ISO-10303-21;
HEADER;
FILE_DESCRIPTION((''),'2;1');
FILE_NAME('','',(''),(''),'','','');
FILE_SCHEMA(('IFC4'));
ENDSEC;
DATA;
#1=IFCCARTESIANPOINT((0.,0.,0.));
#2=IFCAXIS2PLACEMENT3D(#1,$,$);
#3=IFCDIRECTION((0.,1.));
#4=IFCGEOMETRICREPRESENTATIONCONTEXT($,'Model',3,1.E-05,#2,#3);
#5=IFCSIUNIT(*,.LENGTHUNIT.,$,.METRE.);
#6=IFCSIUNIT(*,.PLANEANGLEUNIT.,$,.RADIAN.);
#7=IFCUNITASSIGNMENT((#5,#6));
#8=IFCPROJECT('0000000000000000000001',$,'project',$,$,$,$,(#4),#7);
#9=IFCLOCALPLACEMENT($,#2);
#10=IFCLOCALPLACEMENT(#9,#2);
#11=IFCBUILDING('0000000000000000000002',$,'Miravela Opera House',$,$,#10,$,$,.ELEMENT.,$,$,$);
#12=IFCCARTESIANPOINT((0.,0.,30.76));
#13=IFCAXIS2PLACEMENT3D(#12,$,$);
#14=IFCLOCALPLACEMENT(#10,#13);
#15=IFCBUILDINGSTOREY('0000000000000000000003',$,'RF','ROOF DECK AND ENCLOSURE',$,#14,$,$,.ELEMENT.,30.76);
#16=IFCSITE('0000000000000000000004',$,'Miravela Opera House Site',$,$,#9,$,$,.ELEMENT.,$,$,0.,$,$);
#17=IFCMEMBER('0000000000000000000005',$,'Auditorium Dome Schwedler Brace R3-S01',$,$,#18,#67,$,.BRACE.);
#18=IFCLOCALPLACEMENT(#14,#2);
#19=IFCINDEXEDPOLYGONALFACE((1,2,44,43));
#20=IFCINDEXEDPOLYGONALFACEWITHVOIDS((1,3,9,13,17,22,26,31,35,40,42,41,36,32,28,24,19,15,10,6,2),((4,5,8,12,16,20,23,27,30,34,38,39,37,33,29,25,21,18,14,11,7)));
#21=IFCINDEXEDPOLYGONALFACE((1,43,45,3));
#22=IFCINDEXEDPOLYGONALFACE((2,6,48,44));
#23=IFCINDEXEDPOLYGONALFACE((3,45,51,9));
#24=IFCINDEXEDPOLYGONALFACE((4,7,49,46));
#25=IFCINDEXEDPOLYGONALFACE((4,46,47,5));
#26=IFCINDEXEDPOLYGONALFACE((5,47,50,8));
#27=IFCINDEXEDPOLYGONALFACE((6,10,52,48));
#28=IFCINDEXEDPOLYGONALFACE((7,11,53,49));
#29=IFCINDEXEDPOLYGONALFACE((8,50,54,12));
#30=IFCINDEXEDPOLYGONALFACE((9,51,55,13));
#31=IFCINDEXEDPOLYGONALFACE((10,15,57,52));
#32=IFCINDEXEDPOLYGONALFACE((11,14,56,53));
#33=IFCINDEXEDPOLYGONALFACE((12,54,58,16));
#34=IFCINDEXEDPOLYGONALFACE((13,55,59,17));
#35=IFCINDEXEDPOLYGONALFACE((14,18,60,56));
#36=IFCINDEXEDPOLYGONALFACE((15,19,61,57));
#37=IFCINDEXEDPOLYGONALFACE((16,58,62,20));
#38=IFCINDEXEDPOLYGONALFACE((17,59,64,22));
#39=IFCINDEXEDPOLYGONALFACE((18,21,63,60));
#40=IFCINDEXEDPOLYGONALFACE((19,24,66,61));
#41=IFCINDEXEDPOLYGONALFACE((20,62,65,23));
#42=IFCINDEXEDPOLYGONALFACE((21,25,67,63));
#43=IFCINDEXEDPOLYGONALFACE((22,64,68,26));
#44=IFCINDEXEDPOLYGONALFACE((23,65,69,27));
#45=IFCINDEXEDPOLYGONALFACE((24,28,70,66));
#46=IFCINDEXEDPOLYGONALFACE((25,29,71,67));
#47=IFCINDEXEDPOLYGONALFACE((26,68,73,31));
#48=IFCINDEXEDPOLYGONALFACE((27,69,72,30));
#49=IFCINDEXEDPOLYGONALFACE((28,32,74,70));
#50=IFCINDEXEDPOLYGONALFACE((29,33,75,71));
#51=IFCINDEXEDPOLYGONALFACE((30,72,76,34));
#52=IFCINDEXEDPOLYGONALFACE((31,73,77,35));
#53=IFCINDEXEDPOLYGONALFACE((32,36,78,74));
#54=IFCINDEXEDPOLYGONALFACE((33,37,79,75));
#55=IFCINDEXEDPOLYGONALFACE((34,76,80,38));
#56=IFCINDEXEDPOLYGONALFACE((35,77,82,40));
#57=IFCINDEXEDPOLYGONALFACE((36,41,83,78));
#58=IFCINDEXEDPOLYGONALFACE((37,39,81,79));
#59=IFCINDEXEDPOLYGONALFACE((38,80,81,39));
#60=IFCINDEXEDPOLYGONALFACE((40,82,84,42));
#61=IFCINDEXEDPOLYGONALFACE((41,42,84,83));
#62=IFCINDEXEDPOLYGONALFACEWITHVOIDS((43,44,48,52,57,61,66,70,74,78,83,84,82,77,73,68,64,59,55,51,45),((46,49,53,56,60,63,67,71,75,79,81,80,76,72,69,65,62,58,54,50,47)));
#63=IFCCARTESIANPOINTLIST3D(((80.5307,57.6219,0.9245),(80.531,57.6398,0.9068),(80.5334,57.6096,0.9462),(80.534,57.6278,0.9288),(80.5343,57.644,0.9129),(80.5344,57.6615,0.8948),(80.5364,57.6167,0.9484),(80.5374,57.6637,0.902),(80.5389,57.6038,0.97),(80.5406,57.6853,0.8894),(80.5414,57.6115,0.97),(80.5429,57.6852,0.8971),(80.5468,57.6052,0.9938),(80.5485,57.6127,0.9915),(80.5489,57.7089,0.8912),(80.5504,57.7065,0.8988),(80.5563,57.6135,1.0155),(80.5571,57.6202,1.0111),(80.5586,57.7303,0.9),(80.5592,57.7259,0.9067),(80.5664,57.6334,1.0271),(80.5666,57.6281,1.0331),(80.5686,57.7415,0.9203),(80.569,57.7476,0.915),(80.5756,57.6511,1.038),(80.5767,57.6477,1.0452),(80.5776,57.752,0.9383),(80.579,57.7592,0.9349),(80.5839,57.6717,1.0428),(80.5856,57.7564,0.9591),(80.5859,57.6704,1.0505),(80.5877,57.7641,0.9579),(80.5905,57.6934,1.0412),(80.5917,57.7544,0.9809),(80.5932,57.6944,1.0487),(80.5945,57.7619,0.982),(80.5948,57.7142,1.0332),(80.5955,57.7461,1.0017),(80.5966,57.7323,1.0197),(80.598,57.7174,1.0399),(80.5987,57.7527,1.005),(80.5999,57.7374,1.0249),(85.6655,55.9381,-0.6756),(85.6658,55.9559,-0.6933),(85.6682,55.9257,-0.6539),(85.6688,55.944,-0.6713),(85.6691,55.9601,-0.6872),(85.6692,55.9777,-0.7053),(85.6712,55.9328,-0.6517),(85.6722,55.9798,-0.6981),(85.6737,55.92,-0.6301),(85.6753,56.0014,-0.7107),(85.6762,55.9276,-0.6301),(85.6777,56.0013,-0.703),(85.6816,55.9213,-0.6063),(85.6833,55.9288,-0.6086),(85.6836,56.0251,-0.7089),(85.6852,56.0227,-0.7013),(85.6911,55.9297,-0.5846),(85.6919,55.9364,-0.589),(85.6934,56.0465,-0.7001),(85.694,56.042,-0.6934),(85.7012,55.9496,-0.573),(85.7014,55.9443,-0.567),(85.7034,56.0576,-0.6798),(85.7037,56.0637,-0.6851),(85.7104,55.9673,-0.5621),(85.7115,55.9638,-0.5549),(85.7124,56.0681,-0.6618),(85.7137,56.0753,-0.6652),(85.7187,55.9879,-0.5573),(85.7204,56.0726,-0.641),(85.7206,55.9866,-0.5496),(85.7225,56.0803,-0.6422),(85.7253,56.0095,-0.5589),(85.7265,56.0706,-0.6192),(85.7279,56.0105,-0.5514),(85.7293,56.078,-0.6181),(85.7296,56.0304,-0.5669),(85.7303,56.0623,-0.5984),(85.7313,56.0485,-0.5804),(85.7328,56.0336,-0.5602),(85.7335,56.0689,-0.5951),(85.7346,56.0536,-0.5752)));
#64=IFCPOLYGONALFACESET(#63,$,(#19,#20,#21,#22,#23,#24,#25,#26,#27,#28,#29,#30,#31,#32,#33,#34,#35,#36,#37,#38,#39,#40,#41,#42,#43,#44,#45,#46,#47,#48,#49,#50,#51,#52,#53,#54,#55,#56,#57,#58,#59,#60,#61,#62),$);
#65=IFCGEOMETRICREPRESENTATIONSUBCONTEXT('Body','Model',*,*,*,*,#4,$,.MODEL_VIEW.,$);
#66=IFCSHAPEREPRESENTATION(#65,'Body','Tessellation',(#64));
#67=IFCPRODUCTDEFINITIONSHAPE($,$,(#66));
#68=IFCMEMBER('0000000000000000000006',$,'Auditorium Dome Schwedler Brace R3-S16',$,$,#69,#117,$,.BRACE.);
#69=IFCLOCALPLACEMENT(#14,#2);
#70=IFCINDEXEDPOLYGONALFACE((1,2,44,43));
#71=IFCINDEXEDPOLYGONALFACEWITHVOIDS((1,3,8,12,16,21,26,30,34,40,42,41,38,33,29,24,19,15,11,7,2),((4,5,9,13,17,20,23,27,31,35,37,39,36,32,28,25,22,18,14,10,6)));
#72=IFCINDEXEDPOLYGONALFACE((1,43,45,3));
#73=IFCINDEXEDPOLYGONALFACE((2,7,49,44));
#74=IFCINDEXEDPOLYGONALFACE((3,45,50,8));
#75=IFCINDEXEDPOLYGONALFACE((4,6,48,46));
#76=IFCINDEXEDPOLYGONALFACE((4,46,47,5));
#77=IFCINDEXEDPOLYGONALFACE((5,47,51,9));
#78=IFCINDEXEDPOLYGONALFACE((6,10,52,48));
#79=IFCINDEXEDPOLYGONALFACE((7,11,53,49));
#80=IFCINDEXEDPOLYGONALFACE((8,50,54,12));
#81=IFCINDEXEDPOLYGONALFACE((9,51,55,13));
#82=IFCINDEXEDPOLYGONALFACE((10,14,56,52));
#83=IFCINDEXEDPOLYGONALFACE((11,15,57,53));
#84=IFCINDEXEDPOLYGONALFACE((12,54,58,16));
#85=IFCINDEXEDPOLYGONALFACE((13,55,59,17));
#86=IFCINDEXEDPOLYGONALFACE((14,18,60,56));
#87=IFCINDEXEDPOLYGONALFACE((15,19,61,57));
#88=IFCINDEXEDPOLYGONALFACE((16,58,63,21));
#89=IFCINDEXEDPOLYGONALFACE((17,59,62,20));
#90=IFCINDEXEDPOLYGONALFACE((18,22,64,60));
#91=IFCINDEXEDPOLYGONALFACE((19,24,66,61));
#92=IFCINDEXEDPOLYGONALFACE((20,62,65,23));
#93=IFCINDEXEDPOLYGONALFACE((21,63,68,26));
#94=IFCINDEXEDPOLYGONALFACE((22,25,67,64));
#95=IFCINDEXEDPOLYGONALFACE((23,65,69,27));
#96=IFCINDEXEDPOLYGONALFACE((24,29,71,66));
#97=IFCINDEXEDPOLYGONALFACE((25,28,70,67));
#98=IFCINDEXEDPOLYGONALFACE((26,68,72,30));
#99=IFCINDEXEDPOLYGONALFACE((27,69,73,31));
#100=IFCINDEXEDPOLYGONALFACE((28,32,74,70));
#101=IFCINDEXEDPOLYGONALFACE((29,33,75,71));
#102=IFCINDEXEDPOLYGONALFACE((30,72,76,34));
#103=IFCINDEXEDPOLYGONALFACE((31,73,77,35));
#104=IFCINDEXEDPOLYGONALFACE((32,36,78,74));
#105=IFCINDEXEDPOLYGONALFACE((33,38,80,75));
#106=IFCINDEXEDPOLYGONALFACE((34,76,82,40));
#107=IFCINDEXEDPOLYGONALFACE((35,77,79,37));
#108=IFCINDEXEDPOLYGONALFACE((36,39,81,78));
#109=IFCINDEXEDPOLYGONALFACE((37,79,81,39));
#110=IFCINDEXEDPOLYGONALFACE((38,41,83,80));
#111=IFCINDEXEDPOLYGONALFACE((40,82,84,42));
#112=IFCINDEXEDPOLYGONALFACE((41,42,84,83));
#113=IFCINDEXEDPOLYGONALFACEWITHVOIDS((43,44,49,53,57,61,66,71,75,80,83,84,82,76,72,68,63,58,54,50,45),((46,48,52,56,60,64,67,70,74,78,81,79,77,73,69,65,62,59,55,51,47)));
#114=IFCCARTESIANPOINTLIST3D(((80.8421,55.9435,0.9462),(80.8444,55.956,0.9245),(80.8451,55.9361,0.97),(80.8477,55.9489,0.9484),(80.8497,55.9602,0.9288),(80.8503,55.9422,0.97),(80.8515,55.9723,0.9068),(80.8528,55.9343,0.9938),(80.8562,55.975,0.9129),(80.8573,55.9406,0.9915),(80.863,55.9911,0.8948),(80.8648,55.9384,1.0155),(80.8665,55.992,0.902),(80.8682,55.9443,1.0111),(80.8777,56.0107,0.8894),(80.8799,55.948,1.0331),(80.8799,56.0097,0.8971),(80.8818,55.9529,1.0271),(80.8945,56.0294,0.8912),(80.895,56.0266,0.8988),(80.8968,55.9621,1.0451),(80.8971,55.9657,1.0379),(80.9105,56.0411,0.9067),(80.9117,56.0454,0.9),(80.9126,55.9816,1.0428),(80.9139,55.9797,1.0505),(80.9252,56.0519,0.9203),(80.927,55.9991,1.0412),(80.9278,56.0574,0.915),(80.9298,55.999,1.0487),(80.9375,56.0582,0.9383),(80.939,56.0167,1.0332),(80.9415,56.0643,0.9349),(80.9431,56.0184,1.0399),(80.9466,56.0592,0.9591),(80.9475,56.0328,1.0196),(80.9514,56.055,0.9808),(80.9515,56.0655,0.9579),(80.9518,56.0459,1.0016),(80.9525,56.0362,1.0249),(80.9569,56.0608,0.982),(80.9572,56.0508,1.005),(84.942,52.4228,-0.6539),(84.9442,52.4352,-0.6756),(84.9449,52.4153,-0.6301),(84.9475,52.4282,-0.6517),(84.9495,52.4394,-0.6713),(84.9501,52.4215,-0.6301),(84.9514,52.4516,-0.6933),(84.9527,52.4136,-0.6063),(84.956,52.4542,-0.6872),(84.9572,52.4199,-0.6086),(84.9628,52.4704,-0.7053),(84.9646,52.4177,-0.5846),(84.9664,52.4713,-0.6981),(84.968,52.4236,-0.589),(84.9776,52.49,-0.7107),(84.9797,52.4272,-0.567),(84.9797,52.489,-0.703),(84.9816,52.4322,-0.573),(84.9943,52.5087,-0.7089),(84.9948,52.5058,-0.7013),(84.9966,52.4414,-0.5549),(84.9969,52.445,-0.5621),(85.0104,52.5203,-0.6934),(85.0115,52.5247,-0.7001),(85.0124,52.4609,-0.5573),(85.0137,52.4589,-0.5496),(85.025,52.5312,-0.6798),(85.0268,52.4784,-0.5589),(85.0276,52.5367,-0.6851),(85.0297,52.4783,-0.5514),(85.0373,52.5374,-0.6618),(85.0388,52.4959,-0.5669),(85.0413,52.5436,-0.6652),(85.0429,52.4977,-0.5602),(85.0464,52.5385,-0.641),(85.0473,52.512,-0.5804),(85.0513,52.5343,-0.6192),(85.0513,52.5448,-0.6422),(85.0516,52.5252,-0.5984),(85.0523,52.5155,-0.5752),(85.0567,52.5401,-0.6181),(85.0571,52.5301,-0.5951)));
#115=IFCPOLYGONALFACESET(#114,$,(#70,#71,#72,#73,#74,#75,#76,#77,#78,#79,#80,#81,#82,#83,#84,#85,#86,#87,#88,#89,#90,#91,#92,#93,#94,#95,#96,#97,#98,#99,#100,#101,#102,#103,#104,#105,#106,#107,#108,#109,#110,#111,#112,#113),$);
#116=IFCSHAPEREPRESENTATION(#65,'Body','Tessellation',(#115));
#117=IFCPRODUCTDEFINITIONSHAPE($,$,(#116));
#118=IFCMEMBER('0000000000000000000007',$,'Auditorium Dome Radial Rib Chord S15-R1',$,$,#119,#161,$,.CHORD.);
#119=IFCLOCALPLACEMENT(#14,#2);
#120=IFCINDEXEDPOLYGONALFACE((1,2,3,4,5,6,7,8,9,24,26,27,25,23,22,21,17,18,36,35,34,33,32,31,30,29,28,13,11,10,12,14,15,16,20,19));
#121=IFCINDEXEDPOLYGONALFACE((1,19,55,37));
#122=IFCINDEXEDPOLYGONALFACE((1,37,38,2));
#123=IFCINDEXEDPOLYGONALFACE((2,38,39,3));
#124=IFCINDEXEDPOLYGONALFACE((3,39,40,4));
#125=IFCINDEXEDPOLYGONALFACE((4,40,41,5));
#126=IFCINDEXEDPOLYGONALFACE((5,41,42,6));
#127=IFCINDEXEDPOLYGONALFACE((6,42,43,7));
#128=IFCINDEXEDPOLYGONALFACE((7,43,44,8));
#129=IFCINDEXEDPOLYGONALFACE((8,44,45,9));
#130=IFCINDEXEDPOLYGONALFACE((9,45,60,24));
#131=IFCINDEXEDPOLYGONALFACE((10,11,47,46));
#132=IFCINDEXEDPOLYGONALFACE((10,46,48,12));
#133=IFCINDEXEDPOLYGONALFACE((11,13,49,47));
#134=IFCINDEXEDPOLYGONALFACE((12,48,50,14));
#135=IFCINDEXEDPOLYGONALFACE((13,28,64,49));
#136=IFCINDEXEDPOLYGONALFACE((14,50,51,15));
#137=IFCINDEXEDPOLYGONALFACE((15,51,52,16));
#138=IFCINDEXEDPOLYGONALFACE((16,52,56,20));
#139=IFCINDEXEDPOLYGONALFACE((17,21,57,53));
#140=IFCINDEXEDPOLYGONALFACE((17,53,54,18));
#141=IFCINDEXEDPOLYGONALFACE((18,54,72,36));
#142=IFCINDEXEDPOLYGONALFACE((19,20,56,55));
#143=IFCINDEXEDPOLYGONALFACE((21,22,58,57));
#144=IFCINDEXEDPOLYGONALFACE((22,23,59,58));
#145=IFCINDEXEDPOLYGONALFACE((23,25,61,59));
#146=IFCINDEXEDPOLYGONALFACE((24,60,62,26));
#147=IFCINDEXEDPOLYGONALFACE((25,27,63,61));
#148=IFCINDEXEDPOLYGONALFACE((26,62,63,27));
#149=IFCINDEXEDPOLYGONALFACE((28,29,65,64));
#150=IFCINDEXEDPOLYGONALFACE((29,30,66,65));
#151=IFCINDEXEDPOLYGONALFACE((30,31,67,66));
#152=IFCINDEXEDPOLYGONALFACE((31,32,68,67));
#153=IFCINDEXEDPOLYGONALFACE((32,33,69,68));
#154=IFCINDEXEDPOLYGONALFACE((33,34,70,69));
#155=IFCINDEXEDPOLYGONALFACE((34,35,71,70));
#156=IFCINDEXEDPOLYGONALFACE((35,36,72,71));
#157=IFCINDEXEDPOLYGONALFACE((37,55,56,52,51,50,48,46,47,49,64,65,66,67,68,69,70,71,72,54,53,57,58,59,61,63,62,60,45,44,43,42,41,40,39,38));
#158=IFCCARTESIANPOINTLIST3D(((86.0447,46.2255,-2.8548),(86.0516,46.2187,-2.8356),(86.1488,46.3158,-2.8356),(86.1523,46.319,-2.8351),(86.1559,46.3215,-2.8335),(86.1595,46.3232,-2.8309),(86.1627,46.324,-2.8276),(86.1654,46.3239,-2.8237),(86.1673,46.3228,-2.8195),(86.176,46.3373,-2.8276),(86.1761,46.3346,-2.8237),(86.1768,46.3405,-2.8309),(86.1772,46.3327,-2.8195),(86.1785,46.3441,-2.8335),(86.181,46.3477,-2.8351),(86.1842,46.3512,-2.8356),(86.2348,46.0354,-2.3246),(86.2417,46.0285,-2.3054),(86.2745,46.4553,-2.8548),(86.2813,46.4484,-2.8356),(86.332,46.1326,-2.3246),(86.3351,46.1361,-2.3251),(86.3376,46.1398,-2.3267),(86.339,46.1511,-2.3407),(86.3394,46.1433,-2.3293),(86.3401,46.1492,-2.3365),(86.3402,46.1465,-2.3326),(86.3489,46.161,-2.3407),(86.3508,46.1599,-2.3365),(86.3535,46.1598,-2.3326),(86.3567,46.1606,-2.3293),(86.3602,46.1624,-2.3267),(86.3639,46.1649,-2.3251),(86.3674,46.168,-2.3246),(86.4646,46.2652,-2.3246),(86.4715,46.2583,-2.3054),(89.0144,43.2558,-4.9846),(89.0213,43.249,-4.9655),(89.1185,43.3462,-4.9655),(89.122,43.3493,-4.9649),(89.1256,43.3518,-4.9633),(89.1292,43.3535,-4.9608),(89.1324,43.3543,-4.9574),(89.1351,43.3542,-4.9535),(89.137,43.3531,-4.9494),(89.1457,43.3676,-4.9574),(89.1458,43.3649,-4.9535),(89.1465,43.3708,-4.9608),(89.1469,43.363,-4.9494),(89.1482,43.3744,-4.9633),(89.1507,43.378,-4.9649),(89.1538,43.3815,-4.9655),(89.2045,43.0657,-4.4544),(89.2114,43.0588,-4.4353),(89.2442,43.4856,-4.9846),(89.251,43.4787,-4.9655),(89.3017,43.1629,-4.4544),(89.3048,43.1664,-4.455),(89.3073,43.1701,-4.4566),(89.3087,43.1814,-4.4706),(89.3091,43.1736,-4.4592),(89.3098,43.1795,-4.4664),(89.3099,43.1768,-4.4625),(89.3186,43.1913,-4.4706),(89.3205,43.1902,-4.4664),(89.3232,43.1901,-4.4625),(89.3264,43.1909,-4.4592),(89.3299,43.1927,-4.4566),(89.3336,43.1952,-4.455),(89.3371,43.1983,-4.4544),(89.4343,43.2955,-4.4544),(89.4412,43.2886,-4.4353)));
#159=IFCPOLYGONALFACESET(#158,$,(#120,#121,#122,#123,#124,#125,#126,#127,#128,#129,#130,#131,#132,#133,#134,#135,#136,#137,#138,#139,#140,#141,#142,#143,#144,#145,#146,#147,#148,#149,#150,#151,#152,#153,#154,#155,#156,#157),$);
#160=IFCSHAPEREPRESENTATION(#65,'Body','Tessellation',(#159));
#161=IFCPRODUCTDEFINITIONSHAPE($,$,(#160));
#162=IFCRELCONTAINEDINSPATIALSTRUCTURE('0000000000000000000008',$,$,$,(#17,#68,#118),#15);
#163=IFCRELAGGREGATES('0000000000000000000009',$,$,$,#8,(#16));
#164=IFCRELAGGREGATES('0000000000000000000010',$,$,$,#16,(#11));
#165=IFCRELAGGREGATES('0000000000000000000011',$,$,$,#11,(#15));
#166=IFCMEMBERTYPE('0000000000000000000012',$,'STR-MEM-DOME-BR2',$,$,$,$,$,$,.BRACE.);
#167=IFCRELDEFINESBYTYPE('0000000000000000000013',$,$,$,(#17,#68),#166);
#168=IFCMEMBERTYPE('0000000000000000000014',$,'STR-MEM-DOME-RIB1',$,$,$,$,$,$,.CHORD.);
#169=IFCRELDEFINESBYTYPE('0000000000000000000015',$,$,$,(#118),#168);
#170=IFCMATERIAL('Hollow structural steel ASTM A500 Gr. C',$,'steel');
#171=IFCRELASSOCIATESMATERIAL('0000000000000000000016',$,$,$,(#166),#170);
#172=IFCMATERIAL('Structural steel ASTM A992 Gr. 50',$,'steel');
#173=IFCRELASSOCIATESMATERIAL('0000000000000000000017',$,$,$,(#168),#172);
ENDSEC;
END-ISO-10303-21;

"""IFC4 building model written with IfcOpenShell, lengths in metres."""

from ifc_helpers import new_model, si_unit, direction, frame, origin, origin_2d, place, context, subcontext, project, spatial, hollow_circle, i_section, extrude, material, material_profile, profile_set, type_object, element, save


model = new_model("IFC4")

# Units and contexts
model_context = context("Model", 3, precision=1e-05, world=origin(), true_north=direction((0.0, 1.0)))
body_context = subcontext(model_context, "Body", "Model", "MODEL_VIEW")
ifc_project = project(units=[si_unit("LENGTHUNIT", "METRE"), si_unit("PLANEANGLEUNIT", "RADIAN")], contexts=[model_context])

# Site, building, storey
site_placement = place(None, origin())
site = spatial("IfcSite", under=ifc_project, at=site_placement, Name="Miravela Opera House Site", CompositionType="ELEMENT", RefElevation=0.0)
building_placement = place(site_placement, origin())
building = spatial("IfcBuilding", under=site, at=building_placement, Name="Miravela Opera House", CompositionType="ELEMENT")
storey_placement = place(building_placement, frame((0.0, 0.0, 30.76)))
storey = spatial("IfcBuildingStorey", under=building, at=storey_placement, Name="RF", Description="ROOF DECK AND ENCLOSURE", CompositionType="ELEMENT", Elevation=30.76)

# Shared definitions
ifc_material_1 = material(Name="Structural steel ASTM A992 Gr. 50", Category="steel")

# Members
ifc_material_2 = material(Name="Hollow structural steel ASTM A500 Gr. C", Category="steel")
ifc_material_profile_1 = material_profile(ifc_material_2, hollow_circle(Radius=0.0842, WallThickness=0.0081, at=origin_2d()), Name="CHS168X8")
ifc_profile_set_1 = profile_set([ifc_material_profile_1])
member_type_1 = type_object("IfcMemberType", Name="STR-MEM-DOME-BR2", PredefinedType="BRACE", material=ifc_profile_set_1)
member_1_placement = place(storey_placement, frame((85.7, 56.0, -0.6301), z_axis=(-0.911109, 0.298779, 0.28392), x_axis=(-0.311602, -0.950213, 0.0)))
element("IfcMember", 1, at=member_1_placement, inside=storey, type_object=member_type_1, Name="Auditorium Dome Schwedler Brace R3-S01", PredefinedType="BRACE", context=body_context, shape_type="SweptSolid", body=[
    extrude(hollow_circle(Radius=0.0842, WallThickness=0.0081, at=origin_2d()), origin(), (0.0, 0.0, 1.0), 5.6357),
])
member_2_placement = place(storey_placement, frame((84.9998, 52.4792, -0.6301), z_axis=(-0.727437, 0.624687, 0.283905), x_axis=(-0.651494, -0.758654, 0.0)))
element("IfcMember", 2, at=member_2_placement, inside=storey, type_object=member_type_1, Name="Auditorium Dome Schwedler Brace R3-S16", PredefinedType="BRACE", context=body_context, shape_type="SweptSolid", body=[
    extrude(hollow_circle(Radius=0.0842, WallThickness=0.0081, at=origin_2d()), origin(), (0.0, 0.0, 1.0), 5.636),
])
ifc_material_profile_2 = material_profile(ifc_material_1, i_section(OverallWidth=0.325, OverallDepth=0.616, WebThickness=0.0139, FlangeThickness=0.0215, FilletRadius=0.0181, at=origin_2d()), Name="W610X174")
ifc_profile_set_2 = profile_set([ifc_material_profile_2])
member_type_2 = type_object("IfcMemberType", Name="STR-MEM-DOME-RIB1", PredefinedType="CHORD", material=ifc_profile_set_2)
member_3_placement = place(storey_placement, frame((89.2278, 43.2722, -4.71), z_axis=(-0.630645, 0.630645, 0.452298), x_axis=(-0.707107, -0.707107, 0.0)))
element("IfcMember", 3, at=member_3_placement, inside=storey, type_object=member_type_2, Name="Auditorium Dome Radial Rib Chord S15-R1", PredefinedType="CHORD", context=body_context, shape_type="SweptSolid", body=[
    extrude(i_section(OverallWidth=0.325, OverallDepth=0.616, WebThickness=0.0139, FlangeThickness=0.0215, FilletRadius=0.0181, at=origin_2d()), origin(), (0.0, 0.0, 1.0), 4.709),
])

save(model, "model.ifc")
